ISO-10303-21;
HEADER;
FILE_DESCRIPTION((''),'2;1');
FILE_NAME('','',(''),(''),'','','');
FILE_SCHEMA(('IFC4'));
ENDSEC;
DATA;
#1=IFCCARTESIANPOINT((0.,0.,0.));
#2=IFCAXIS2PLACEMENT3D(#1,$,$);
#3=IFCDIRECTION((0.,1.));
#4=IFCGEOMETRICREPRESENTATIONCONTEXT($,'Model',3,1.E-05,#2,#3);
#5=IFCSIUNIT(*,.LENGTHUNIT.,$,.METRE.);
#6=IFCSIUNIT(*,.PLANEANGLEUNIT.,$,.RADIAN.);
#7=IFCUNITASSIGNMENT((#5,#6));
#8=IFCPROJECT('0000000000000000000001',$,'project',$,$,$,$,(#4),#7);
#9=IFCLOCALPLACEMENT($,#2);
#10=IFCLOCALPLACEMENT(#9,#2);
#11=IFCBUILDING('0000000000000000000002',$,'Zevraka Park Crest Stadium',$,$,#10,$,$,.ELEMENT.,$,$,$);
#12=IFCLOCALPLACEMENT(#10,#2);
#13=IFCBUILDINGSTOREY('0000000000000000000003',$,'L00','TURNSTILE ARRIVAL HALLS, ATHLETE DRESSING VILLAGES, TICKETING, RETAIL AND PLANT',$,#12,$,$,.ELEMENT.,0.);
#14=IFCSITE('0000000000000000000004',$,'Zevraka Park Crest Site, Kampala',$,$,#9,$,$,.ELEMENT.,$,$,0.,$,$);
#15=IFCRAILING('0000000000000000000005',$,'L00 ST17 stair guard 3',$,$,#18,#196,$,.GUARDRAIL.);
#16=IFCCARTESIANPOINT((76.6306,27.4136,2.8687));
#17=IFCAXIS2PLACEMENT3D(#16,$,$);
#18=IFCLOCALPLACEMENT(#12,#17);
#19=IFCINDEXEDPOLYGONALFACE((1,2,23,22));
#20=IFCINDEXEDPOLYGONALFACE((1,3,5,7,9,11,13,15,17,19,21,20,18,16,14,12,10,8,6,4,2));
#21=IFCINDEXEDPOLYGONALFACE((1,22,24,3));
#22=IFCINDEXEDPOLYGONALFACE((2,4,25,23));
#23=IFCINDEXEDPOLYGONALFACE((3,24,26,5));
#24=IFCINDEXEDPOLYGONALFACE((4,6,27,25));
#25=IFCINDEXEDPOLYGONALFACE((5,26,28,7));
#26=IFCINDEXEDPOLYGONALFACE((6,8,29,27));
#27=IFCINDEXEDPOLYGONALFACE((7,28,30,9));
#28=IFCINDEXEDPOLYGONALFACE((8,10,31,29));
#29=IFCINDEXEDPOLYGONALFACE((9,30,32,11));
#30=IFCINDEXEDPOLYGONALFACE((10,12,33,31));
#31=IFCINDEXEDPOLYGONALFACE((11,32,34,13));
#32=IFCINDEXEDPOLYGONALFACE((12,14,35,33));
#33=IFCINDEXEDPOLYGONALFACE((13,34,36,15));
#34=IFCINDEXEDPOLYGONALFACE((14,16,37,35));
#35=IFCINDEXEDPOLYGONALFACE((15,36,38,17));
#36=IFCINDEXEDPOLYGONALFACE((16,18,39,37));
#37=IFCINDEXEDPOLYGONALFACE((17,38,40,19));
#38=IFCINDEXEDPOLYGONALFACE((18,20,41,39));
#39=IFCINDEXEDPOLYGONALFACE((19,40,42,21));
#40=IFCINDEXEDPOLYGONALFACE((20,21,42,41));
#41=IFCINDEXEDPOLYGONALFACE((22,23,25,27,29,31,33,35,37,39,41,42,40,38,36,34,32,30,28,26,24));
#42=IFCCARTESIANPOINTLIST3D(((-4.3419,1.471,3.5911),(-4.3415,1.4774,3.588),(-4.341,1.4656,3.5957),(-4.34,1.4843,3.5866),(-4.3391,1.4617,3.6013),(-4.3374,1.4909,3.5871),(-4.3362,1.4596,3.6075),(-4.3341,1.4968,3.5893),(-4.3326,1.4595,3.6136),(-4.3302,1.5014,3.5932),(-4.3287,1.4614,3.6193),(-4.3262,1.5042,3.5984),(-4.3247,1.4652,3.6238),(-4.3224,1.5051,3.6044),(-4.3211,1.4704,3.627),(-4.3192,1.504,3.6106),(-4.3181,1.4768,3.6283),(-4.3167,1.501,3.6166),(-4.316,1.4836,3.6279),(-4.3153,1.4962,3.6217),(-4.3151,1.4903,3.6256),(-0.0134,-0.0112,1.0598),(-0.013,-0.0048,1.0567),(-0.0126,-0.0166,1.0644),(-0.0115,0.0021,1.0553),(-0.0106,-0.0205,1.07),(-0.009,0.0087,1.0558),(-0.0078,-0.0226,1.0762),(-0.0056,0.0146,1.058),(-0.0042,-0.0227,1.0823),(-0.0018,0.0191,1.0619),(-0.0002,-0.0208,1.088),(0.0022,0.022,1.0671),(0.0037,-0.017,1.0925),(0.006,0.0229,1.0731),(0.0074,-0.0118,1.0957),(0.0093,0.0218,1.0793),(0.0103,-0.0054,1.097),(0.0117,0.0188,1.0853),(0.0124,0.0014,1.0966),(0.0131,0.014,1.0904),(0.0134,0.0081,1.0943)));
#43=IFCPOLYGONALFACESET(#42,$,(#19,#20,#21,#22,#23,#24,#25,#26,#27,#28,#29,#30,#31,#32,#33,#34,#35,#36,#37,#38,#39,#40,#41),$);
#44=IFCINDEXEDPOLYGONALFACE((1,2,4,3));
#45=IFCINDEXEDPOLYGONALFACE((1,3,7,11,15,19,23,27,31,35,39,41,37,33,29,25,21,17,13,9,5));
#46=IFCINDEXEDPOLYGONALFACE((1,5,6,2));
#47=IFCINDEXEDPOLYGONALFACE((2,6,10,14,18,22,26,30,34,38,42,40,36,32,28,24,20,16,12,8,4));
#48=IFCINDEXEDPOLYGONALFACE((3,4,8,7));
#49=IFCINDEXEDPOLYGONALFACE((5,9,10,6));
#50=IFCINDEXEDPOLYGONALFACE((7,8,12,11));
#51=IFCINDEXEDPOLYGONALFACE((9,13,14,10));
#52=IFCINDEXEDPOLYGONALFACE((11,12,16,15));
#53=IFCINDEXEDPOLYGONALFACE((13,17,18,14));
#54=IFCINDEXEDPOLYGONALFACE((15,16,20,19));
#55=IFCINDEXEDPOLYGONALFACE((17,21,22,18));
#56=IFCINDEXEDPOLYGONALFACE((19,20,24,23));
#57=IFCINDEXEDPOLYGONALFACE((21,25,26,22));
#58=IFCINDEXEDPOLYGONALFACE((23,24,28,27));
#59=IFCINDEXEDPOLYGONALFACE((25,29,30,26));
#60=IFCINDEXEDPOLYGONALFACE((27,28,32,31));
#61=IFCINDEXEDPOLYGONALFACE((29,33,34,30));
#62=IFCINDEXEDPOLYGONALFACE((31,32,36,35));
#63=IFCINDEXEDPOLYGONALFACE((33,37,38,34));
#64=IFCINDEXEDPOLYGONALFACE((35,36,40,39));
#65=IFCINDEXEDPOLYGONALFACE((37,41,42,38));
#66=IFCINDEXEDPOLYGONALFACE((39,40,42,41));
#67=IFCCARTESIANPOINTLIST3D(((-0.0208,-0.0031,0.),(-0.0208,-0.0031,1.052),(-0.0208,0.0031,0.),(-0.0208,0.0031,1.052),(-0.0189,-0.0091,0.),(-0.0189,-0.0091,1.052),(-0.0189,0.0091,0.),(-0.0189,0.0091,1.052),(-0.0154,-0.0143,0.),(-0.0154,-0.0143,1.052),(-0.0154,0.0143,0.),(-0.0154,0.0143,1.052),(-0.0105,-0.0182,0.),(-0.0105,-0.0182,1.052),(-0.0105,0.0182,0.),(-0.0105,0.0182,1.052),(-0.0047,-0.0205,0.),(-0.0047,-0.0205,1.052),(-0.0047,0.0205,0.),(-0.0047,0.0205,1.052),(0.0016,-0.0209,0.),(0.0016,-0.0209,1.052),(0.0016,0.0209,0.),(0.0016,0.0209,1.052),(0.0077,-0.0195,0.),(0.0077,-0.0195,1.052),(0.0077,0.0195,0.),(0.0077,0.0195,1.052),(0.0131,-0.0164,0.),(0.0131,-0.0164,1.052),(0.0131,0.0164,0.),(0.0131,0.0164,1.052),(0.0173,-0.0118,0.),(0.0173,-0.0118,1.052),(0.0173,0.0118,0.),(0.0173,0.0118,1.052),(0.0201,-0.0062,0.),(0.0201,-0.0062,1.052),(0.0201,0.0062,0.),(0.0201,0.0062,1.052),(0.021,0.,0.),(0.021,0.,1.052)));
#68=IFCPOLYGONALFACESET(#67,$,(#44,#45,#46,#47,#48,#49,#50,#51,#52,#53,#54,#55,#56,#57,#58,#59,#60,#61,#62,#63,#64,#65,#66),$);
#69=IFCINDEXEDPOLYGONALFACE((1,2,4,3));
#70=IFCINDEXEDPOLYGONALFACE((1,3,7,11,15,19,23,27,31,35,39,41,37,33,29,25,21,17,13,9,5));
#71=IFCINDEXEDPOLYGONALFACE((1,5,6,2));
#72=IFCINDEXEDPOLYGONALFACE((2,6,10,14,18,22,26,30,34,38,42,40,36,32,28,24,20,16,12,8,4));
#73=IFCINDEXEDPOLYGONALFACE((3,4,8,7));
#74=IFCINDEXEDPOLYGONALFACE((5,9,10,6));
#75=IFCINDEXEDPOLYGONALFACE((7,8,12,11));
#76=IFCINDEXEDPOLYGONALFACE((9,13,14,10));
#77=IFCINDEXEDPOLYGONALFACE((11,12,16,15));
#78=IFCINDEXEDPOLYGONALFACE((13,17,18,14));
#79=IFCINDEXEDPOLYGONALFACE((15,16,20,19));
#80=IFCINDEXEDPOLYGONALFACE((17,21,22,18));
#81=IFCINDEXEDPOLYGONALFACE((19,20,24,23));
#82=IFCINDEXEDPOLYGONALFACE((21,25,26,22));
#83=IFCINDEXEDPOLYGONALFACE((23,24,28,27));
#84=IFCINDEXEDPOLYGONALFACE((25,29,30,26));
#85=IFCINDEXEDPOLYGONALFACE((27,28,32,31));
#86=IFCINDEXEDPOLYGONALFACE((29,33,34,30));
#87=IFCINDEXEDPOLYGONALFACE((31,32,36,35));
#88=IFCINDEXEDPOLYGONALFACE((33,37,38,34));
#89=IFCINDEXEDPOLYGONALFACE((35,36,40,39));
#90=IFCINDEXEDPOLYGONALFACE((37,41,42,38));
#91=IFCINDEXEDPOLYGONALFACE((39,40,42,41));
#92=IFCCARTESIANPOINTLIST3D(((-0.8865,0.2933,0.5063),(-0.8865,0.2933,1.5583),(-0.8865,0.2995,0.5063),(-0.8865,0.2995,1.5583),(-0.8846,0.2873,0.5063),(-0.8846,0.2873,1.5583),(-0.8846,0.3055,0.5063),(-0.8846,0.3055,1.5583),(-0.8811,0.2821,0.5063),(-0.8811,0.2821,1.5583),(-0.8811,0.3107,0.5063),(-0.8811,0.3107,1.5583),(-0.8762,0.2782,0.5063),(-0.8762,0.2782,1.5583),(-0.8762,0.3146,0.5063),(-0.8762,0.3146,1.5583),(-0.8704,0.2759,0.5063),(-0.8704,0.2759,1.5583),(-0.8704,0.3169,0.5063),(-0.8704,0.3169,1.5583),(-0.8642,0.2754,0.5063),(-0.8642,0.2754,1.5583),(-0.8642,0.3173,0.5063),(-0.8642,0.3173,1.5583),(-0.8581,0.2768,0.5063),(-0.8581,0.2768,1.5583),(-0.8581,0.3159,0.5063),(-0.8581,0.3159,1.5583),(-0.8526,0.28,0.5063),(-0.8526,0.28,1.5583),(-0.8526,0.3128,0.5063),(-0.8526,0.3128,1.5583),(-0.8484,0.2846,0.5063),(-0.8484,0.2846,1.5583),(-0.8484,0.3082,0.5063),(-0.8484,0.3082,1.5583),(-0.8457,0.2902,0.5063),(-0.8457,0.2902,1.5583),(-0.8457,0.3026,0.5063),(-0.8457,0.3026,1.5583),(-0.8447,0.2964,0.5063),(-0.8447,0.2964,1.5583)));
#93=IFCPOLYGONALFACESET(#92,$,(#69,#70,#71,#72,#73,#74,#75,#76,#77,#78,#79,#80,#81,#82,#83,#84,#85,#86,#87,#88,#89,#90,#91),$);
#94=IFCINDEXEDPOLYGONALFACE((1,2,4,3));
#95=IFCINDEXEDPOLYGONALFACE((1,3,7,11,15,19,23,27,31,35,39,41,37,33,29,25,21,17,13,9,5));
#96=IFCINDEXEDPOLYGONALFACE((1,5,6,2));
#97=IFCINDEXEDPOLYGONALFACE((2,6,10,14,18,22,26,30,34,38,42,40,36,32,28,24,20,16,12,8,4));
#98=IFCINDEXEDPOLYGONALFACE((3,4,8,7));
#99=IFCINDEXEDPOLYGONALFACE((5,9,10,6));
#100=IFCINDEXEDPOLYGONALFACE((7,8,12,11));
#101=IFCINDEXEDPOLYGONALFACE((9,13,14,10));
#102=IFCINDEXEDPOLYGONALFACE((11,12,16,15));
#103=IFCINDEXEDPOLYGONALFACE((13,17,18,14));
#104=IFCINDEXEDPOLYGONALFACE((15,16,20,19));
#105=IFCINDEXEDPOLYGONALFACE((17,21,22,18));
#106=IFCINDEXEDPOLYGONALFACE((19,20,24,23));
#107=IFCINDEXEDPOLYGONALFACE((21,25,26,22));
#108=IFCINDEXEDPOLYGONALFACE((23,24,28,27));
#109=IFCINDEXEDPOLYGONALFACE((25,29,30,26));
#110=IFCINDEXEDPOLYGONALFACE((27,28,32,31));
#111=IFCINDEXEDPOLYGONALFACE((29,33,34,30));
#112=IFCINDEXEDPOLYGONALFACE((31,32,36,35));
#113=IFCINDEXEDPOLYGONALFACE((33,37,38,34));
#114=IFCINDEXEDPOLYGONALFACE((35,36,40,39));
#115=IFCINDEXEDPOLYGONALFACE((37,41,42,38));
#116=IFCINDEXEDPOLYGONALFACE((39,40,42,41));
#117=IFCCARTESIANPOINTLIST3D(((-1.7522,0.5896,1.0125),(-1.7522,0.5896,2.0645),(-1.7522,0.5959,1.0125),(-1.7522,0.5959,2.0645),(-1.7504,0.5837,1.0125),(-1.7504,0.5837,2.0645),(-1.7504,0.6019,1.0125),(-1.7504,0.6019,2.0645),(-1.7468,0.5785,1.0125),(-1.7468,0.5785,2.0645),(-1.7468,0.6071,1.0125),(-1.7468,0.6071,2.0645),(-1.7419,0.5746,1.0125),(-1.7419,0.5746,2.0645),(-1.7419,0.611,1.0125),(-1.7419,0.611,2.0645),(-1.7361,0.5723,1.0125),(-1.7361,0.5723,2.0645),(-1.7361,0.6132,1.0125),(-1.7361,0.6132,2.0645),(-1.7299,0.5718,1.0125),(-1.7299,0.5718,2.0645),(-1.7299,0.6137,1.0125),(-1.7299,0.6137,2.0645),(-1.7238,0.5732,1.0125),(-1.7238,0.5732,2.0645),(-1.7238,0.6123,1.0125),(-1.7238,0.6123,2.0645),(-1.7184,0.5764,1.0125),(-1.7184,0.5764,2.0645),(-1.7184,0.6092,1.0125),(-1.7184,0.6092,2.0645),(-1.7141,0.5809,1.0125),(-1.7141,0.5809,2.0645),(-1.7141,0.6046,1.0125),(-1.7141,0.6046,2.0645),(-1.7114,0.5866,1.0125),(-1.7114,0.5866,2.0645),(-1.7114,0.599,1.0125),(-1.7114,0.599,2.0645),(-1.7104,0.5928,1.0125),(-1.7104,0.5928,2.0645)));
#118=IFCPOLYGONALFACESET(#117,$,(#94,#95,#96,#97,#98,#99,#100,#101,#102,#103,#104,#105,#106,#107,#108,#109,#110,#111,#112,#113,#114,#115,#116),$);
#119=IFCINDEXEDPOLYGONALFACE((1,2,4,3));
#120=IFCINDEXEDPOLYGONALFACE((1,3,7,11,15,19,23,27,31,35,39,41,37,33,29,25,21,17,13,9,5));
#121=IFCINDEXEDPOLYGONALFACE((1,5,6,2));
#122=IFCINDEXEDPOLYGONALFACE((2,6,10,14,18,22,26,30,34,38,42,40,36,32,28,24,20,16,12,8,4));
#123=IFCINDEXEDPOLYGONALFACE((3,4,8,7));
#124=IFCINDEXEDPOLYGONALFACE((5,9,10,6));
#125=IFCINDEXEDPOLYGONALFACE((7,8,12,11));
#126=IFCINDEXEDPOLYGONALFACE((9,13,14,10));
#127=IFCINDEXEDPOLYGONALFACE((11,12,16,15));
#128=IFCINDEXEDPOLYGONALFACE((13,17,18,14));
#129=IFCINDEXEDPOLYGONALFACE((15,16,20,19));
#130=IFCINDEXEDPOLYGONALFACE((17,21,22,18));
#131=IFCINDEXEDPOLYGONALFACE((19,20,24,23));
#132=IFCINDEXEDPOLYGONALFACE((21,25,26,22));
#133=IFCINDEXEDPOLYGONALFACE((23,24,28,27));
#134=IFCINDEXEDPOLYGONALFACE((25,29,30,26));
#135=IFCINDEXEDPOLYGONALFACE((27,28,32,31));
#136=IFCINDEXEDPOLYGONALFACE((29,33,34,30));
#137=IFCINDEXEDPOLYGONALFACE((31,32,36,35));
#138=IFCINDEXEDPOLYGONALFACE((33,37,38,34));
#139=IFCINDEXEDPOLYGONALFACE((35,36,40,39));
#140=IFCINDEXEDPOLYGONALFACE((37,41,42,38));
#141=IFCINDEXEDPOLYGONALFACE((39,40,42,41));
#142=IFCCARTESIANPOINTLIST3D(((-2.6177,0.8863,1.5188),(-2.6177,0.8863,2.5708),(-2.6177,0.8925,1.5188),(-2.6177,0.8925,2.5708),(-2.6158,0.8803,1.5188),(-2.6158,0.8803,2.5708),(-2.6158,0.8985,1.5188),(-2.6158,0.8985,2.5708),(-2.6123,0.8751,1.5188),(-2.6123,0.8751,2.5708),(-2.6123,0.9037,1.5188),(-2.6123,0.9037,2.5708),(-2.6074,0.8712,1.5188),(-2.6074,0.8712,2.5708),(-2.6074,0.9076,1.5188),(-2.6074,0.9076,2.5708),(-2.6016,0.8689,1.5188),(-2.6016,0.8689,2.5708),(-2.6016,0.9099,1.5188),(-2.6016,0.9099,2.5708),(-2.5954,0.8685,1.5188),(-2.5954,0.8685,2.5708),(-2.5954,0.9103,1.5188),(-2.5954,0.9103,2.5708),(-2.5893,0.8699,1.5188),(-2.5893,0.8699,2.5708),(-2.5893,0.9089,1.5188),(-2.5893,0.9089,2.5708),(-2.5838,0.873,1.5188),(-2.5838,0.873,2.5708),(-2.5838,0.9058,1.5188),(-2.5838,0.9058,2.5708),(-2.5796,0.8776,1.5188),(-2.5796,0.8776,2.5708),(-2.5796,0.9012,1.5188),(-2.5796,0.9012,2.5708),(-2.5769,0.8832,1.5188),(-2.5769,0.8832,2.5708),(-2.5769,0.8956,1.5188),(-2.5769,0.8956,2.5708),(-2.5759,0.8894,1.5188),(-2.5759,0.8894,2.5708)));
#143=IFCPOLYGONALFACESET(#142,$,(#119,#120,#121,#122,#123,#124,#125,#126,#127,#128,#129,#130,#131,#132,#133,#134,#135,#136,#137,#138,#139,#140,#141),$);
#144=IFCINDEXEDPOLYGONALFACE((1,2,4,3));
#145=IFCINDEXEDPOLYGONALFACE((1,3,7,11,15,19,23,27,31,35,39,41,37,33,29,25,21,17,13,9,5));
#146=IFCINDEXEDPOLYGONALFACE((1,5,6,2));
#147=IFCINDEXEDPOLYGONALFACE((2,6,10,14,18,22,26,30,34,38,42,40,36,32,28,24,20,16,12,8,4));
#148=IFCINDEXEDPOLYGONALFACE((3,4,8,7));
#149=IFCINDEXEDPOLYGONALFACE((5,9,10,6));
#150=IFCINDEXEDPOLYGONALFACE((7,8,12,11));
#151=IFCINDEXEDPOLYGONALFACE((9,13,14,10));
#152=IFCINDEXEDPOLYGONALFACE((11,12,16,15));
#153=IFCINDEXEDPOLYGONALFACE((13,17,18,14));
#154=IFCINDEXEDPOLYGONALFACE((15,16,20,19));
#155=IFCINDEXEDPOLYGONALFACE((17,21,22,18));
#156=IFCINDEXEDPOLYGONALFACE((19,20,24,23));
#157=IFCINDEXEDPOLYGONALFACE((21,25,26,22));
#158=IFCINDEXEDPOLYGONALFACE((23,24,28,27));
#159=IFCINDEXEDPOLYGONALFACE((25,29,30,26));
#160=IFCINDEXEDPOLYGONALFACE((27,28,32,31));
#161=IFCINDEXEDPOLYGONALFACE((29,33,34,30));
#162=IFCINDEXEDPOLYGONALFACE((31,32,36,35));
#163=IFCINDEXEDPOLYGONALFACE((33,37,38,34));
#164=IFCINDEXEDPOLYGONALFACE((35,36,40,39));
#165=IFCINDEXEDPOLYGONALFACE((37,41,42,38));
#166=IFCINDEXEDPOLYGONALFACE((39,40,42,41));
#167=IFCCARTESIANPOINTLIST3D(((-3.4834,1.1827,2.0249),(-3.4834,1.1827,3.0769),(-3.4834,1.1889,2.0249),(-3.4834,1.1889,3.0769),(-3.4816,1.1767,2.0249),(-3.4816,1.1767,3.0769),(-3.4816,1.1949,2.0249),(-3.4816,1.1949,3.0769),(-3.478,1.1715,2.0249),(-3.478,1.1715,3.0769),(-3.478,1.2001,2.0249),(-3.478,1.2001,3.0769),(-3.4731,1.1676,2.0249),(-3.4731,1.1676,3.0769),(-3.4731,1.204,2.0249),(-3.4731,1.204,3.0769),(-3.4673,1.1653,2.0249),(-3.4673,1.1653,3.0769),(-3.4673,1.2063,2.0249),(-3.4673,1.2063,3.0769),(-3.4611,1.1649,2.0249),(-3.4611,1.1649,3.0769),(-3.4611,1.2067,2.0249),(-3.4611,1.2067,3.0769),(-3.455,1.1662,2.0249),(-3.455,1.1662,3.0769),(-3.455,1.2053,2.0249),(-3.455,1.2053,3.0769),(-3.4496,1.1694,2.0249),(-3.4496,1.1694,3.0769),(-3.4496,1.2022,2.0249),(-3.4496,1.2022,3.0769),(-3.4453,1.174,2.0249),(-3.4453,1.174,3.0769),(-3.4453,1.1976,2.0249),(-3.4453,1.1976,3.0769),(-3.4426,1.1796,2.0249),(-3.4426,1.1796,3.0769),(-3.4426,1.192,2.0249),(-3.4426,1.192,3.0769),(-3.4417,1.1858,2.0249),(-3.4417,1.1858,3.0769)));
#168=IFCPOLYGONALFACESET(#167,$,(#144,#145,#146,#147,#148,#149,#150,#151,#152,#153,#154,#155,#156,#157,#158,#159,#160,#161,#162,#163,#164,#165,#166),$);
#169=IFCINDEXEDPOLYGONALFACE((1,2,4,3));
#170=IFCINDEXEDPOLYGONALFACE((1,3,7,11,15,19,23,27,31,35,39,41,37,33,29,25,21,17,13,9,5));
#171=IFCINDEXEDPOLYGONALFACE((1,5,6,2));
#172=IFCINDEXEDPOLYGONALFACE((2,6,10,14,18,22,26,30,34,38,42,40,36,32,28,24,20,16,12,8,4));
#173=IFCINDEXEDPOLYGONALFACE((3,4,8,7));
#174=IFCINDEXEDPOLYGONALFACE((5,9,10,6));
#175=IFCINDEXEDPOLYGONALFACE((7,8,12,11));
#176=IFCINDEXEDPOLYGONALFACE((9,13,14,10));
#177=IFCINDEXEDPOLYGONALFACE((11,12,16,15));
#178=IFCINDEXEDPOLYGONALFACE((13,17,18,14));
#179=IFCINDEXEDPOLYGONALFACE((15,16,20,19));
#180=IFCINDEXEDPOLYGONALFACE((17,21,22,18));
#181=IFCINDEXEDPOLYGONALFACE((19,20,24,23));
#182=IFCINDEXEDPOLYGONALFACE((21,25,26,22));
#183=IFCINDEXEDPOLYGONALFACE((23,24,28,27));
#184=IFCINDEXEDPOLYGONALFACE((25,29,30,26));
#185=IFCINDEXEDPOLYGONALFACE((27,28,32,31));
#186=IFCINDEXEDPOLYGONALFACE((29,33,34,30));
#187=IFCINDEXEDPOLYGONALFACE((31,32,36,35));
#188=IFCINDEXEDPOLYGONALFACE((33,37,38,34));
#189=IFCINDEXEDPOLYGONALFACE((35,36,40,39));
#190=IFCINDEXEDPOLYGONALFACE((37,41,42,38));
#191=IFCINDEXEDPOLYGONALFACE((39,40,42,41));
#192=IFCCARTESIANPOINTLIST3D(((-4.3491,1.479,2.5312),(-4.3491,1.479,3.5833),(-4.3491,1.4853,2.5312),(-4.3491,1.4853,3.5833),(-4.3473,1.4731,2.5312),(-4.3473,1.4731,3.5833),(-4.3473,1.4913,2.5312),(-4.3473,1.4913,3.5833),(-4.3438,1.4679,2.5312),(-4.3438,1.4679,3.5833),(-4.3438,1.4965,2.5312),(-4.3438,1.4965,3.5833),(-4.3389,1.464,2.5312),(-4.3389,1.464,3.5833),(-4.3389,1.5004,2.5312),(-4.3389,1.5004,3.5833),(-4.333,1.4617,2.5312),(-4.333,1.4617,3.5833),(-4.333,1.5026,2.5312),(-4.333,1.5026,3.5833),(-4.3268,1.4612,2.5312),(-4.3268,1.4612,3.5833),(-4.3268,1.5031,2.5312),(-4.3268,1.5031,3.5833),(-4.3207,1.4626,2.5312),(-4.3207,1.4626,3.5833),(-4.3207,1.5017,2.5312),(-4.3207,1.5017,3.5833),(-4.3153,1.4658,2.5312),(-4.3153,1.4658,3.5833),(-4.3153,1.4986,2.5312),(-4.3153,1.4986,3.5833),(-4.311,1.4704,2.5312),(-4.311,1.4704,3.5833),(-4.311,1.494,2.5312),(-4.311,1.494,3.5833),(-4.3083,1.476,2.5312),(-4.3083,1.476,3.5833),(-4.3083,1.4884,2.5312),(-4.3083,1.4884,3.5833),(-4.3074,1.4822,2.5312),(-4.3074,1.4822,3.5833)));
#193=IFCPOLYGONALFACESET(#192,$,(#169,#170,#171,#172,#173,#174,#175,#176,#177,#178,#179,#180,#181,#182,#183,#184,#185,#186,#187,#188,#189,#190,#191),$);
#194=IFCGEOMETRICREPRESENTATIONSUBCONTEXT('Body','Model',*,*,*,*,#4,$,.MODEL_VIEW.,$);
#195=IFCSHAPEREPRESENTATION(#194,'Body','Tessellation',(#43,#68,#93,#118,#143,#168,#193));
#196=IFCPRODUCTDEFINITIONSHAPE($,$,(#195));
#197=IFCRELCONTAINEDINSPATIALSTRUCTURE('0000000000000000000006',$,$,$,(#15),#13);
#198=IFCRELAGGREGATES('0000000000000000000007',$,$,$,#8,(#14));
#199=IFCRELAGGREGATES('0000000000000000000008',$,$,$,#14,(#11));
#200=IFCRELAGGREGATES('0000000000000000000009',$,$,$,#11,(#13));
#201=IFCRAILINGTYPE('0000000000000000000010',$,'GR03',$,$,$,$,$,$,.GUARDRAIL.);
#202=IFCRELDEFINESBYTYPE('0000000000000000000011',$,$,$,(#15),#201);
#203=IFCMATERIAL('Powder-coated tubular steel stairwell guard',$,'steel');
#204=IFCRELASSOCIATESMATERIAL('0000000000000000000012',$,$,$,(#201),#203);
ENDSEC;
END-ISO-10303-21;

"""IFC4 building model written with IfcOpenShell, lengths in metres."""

from ifc_helpers import new_model, si_unit, direction, frame, origin, origin_2d, place, context, subcontext, project, spatial, circle, extrude, material, type_object, element, save


model = new_model("IFC4")

# Units and contexts
model_context = context("Model", 3, precision=1e-05, world=origin(), true_north=direction((0.0, 1.0)))
body_context = subcontext(model_context, "Body", "Model", "MODEL_VIEW")
ifc_project = project(units=[si_unit("LENGTHUNIT", "METRE"), si_unit("PLANEANGLEUNIT", "RADIAN")], contexts=[model_context])

# Site, building, storey
site_placement = place(None, origin())
site = spatial("IfcSite", under=ifc_project, at=site_placement, Name="Zevraka Park Crest Site, Kampala", CompositionType="ELEMENT", RefElevation=0.0)
building_placement = place(site_placement, origin())
building = spatial("IfcBuilding", under=site, at=building_placement, Name="Zevraka Park Crest Stadium", CompositionType="ELEMENT")
storey_placement = place(building_placement, origin())
storey = spatial("IfcBuildingStorey", under=building, at=storey_placement, Name="L00", Description="TURNSTILE ARRIVAL HALLS, ATHLETE DRESSING VILLAGES, TICKETING, RETAIL AND PLANT", CompositionType="ELEMENT", Elevation=0.0)

# Railing
ifc_material_1 = material(Name="Powder-coated tubular steel stairwell guard", Category="steel")
railing_type_1 = type_object("IfcRailingType", Name="GR03", PredefinedType="GUARDRAIL", material=ifc_material_1)
railing_1_placement = place(storey_placement, frame((76.6306, 27.4136, 2.8687)))
element("IfcRailing", 1, at=railing_1_placement, inside=storey, type_object=railing_type_1, Name="L00 ST17 stair guard 3", PredefinedType="GUARDRAIL", context=body_context, shape_type="SweptSolid", body=[
    extrude(circle(Radius=0.0239, at=origin_2d()), frame((0.0, 0.0, 1.0762), z_axis=(-0.827817, 0.283472, 0.484111), x_axis=(-0.323965, -0.946069, 0.0)), (0.0, 0.0, 1.0), 5.2288),
    extrude(circle(Radius=0.021, at=origin_2d()), origin(), (0.0, 0.0, 1.0), 1.052),
    extrude(circle(Radius=0.021, at=origin_2d()), frame((-0.8657, 0.2964, 0.5063)), (0.0, 0.0, 1.0), 1.052),
    extrude(circle(Radius=0.021, at=origin_2d()), frame((-1.7314, 0.5928, 1.0125)), (0.0, 0.0, 1.0), 1.052),
    extrude(circle(Radius=0.021, at=origin_2d()), frame((-2.5969, 0.8894, 1.5188)), (0.0, 0.0, 1.0), 1.052),
    extrude(circle(Radius=0.021, at=origin_2d()), frame((-3.4626, 1.1858, 2.0249)), (0.0, 0.0, 1.0), 1.052),
    extrude(circle(Radius=0.021, at=origin_2d()), frame((-4.3284, 1.4822, 2.5312)), (0.0, 0.0, 1.0), 1.052),
])

save(model, "model.ifc")
